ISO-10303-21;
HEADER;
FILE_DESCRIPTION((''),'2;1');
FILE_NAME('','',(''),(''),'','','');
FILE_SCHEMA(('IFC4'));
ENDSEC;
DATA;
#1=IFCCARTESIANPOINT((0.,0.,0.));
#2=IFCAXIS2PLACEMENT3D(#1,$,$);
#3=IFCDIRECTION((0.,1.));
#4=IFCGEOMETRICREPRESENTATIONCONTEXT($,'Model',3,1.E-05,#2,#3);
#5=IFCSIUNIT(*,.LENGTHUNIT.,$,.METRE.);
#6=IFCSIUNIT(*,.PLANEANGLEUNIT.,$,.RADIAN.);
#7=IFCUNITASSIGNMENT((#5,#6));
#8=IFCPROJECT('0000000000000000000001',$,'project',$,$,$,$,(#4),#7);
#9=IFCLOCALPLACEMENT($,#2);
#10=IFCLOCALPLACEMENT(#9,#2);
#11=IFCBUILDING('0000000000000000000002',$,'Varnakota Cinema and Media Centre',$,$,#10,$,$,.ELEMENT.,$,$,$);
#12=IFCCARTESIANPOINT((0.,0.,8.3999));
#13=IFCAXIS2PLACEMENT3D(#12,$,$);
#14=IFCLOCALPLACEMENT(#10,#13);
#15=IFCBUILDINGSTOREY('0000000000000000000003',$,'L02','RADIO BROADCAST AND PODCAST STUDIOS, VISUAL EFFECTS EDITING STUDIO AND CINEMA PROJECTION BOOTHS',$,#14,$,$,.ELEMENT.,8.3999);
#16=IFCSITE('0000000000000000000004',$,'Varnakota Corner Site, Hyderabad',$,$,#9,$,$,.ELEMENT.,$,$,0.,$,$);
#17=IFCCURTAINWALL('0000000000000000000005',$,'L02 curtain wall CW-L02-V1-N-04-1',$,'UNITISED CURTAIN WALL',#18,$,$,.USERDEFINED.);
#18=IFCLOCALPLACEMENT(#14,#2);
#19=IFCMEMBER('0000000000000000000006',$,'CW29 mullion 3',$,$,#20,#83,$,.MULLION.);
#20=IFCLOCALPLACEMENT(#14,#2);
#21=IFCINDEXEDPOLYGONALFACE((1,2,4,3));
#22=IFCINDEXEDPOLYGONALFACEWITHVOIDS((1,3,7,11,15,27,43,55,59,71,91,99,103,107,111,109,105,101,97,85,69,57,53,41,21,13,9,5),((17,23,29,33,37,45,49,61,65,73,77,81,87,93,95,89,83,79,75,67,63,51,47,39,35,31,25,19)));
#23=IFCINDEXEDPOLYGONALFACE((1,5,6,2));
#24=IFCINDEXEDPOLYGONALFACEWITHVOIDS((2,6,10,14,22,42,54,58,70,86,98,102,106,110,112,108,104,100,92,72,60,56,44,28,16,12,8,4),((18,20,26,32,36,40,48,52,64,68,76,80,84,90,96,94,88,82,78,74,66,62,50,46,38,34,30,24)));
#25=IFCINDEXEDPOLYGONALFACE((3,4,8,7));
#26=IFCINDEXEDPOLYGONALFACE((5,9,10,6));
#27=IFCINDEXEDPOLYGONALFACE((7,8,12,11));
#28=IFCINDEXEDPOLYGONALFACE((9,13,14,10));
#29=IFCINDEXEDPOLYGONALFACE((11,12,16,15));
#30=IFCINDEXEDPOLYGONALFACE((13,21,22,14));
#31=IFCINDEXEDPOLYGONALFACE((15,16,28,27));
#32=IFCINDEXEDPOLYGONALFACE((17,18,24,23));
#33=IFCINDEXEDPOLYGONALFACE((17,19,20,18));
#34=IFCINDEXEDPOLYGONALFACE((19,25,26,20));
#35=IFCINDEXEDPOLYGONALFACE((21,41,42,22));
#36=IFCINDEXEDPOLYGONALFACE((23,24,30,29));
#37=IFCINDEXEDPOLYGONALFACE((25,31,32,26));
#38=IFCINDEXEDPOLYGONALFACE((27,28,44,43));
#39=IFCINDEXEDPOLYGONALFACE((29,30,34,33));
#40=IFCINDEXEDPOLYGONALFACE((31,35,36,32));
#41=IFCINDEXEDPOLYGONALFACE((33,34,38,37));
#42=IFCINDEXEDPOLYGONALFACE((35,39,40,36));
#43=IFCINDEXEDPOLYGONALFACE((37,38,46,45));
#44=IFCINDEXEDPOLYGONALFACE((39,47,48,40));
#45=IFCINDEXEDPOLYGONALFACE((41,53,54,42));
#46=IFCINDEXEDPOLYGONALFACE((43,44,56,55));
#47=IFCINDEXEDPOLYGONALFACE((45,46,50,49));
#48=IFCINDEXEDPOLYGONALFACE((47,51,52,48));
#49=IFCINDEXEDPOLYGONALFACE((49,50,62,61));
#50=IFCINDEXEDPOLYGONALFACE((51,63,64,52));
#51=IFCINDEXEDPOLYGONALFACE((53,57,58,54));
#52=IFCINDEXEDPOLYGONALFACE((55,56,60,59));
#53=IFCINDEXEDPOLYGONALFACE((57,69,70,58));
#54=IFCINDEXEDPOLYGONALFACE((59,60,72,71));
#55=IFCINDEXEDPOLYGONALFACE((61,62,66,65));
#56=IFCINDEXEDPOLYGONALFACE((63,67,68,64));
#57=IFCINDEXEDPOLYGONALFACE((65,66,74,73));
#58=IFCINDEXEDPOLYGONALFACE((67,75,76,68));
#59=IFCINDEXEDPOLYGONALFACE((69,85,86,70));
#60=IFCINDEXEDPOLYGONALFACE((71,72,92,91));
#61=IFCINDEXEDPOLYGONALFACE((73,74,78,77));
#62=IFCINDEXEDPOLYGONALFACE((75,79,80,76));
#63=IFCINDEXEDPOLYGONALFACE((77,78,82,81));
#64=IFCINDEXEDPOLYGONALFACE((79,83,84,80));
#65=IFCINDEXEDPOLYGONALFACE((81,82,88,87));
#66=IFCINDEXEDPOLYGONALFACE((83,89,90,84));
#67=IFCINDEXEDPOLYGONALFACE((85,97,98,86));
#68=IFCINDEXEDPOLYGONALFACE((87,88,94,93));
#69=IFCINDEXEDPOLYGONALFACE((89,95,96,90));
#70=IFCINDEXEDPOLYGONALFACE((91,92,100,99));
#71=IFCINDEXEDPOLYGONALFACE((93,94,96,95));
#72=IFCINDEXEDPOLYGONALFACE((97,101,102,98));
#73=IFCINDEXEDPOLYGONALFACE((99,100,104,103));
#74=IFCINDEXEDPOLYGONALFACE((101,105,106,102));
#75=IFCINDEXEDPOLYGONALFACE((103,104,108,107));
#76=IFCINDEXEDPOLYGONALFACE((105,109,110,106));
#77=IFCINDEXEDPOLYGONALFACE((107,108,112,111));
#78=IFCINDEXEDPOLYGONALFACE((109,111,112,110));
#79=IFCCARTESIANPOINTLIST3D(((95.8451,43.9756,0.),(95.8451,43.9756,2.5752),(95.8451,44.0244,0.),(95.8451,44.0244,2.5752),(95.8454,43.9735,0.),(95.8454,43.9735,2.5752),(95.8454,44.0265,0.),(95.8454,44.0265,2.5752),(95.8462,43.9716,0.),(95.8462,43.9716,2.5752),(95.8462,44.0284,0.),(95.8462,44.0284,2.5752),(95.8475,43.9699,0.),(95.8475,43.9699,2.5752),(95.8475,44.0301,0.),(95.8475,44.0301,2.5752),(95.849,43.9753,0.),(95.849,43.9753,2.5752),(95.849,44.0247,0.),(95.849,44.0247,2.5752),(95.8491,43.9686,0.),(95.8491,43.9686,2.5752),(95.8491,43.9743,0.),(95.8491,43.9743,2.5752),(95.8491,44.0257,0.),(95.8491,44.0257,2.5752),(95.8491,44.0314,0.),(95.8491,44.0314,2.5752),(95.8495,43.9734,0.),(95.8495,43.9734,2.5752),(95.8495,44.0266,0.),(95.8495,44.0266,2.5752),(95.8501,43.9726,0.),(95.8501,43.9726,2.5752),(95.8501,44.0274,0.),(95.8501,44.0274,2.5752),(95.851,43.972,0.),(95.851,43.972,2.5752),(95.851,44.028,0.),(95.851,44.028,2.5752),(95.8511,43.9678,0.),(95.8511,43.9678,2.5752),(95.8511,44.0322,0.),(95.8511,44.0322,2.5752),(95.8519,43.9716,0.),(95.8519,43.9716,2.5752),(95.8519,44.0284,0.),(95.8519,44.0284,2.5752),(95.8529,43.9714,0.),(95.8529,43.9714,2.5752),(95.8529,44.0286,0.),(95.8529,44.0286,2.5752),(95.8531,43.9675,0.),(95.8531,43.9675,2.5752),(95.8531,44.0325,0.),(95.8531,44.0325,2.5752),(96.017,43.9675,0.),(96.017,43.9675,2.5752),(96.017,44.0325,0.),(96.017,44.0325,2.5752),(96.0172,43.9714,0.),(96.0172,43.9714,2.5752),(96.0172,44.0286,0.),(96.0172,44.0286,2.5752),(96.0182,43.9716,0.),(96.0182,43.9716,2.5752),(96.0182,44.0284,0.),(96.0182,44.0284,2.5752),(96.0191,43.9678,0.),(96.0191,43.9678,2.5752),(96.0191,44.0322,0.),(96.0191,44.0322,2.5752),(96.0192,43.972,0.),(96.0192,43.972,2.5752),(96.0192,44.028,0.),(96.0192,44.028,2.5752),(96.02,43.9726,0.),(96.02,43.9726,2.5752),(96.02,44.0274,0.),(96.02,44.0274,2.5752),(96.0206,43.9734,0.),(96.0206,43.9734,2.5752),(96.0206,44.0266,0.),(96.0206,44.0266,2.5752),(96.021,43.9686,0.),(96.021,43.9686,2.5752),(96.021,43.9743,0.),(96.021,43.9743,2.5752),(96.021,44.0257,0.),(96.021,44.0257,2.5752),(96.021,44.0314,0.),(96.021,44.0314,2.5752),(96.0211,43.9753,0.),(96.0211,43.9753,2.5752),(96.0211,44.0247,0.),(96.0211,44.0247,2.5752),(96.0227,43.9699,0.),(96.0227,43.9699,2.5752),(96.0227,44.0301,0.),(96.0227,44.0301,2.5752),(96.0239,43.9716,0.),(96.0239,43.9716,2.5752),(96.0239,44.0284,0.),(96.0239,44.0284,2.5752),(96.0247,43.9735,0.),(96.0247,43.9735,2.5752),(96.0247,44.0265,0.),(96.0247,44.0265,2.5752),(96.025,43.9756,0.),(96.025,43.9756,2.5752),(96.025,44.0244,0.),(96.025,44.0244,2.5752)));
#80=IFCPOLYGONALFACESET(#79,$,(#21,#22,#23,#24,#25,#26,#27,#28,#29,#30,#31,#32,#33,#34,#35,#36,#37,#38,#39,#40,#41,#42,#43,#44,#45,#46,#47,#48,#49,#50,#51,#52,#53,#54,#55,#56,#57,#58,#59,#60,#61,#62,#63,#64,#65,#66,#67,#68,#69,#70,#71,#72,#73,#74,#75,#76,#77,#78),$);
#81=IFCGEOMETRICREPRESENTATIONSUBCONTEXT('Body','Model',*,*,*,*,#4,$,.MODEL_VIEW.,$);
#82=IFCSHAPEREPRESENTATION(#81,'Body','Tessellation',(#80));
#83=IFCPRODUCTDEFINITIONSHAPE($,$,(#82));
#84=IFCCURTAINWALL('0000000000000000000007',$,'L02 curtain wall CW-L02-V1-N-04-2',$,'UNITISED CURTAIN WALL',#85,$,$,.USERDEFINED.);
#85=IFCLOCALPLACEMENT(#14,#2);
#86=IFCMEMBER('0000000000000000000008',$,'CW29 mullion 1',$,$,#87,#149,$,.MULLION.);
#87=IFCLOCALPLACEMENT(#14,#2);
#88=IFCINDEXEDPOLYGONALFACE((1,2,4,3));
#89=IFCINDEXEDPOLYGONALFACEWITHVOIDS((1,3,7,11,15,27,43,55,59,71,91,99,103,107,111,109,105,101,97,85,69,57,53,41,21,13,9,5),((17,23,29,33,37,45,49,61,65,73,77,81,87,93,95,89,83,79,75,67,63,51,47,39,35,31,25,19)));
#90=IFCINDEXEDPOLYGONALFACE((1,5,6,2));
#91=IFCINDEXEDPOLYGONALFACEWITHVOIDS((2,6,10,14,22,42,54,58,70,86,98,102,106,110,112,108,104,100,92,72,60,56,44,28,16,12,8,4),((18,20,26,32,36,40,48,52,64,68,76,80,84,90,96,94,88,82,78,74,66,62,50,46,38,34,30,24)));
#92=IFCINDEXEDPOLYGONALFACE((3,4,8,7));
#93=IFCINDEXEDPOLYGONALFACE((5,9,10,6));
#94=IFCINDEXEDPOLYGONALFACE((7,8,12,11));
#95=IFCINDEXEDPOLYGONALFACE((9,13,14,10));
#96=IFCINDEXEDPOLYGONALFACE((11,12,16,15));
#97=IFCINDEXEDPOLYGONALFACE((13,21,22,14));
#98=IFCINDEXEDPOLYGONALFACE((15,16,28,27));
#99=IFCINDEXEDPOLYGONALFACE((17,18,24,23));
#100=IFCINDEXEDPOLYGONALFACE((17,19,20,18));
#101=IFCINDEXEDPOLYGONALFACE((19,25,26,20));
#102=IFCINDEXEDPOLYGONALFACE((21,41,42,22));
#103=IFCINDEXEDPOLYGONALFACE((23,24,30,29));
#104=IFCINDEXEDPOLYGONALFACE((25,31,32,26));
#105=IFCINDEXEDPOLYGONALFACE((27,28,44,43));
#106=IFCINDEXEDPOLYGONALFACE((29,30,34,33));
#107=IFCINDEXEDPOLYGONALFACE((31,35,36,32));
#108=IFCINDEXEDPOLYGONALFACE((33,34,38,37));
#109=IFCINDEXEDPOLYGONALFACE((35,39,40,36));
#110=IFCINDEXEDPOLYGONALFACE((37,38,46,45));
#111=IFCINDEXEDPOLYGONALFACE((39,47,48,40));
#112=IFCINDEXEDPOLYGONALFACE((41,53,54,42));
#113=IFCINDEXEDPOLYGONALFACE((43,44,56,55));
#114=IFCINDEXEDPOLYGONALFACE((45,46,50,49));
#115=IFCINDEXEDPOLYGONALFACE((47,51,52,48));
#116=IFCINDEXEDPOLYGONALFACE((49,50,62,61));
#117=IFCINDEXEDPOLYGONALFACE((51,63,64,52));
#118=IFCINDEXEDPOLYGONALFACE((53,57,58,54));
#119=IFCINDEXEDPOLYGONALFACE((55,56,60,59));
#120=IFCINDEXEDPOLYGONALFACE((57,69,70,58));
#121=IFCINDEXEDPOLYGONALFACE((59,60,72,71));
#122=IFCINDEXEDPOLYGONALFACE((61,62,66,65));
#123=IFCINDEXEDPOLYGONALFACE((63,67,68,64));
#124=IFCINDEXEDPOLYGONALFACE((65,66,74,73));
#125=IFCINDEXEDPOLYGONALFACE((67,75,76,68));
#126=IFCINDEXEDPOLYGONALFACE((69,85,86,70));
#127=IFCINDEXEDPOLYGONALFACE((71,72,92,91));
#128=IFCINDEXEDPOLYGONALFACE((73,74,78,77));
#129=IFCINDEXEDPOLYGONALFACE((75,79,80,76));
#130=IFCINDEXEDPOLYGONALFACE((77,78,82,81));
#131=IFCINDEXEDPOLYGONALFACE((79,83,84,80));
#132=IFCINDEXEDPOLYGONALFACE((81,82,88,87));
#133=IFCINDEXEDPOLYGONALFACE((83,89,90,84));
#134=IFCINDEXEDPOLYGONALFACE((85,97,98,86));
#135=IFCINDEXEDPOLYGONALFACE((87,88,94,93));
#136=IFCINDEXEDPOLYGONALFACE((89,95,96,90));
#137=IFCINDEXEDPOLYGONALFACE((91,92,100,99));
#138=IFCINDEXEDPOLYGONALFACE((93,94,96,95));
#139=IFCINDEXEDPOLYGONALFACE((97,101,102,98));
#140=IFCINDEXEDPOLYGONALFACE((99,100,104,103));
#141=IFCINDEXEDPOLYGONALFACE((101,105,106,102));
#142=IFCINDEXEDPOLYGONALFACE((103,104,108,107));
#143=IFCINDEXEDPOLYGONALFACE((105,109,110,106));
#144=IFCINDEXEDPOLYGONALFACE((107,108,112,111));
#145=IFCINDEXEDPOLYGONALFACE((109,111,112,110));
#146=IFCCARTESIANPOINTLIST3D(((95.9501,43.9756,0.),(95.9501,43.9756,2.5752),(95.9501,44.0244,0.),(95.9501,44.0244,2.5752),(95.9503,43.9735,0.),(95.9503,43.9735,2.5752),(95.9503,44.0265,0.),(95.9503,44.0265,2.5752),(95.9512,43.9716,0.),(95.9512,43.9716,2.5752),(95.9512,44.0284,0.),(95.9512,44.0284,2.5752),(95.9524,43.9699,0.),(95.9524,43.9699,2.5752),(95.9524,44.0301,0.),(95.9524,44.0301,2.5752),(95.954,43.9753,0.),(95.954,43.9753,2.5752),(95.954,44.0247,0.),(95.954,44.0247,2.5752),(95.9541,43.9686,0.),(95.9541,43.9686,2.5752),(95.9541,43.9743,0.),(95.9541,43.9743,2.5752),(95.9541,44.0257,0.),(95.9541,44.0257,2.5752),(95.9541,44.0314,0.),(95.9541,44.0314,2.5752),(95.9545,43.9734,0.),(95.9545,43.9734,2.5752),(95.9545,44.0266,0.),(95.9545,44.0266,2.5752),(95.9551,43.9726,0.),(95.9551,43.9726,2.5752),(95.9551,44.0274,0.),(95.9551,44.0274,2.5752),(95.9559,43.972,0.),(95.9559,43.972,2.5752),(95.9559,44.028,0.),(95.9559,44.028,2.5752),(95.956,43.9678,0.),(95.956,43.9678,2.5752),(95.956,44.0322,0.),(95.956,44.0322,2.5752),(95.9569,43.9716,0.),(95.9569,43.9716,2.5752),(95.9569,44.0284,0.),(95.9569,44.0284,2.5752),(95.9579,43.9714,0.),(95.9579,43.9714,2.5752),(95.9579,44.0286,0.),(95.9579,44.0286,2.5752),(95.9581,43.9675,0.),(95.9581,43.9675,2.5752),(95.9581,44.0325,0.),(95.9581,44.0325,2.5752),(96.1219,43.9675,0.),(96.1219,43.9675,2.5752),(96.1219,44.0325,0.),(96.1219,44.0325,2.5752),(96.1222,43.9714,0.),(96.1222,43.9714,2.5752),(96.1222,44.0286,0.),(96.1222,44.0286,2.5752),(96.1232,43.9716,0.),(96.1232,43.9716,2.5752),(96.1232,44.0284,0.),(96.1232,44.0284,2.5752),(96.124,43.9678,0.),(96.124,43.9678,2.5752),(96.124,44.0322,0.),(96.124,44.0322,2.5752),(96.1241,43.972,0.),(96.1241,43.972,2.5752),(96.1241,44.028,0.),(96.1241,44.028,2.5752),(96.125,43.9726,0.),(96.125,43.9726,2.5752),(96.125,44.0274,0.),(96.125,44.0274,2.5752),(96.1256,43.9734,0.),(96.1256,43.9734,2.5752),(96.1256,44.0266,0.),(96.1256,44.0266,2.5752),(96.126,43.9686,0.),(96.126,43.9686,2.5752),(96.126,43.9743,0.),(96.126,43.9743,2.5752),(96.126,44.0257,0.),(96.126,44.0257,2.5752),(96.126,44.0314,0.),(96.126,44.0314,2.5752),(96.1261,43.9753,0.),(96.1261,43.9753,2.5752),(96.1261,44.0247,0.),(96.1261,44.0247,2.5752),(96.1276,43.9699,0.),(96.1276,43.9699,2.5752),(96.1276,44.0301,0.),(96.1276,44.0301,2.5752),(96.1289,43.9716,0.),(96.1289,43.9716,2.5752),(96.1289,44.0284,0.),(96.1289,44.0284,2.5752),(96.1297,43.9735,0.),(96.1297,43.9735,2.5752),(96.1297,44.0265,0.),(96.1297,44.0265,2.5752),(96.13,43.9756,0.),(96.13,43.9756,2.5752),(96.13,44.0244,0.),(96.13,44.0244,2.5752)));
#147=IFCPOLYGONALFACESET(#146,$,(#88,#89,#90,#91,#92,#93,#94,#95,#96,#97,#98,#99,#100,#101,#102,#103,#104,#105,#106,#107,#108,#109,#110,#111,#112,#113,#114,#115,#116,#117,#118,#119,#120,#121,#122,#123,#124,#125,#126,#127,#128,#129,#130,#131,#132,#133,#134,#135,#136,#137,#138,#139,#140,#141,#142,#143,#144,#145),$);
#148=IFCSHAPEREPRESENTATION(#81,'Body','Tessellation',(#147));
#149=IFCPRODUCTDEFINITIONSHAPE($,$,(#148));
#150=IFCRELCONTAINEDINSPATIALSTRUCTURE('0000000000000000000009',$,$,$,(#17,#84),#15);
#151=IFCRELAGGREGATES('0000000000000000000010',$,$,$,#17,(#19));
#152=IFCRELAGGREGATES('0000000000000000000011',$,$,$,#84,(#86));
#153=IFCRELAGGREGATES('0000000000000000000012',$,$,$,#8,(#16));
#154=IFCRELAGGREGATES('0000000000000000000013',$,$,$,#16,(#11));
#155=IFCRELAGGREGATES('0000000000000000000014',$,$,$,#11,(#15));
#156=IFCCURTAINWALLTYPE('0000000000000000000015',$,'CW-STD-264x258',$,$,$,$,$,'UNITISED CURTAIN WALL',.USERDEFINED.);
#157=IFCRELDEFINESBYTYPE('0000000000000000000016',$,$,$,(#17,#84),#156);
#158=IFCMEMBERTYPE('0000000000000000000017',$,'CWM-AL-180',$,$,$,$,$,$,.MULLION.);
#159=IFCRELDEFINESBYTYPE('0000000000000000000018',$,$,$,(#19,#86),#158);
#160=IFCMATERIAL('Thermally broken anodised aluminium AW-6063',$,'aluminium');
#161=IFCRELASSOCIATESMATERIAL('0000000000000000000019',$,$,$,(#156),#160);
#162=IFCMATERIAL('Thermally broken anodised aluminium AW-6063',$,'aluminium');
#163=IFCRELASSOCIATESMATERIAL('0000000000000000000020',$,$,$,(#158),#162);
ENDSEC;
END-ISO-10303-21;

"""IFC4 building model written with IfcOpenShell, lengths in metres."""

from ifc_helpers import new_model, si_unit, direction, frame, origin, origin_2d, place, context, subcontext, project, spatial, hollow_rectangle, extrude, material, material_profile, profile_set, type_object, element, aggregate, save


model = new_model("IFC4")

# Units and contexts
model_context = context("Model", 3, precision=1e-05, world=origin(), true_north=direction((0.0, 1.0)))
body_context = subcontext(model_context, "Body", "Model", "MODEL_VIEW")
ifc_project = project(units=[si_unit("LENGTHUNIT", "METRE"), si_unit("PLANEANGLEUNIT", "RADIAN")], contexts=[model_context])

# Site, building, storey
site_placement = place(None, origin())
site = spatial("IfcSite", under=ifc_project, at=site_placement, Name="Varnakota Corner Site, Hyderabad", CompositionType="ELEMENT", RefElevation=0.0)
building_placement = place(site_placement, origin())
building = spatial("IfcBuilding", under=site, at=building_placement, Name="Varnakota Cinema and Media Centre", CompositionType="ELEMENT")
storey_placement = place(building_placement, frame((0.0, 0.0, 8.3999)))
storey = spatial("IfcBuildingStorey", under=building, at=storey_placement, Name="L02", Description="RADIO BROADCAST AND PODCAST STUDIOS, VISUAL EFFECTS EDITING STUDIO AND CINEMA PROJECTION BOOTHS", CompositionType="ELEMENT", Elevation=8.3999)

# Curtain wall, member
ifc_material_1 = material(Name="Thermally broken anodised aluminium AW-6063", Category="aluminium")
curtain_wall_type = type_object("IfcCurtainWallType", Name="CW-STD-264x258", ElementType="UNITISED CURTAIN WALL", PredefinedType="USERDEFINED", material=ifc_material_1)
curtain_wall_1_placement = place(storey_placement, origin())
curtain_wall_1 = element("IfcCurtainWall", 1, at=curtain_wall_1_placement, inside=storey, type_object=curtain_wall_type, Name="L02 curtain wall CW-L02-V1-N-04-1", ObjectType="UNITISED CURTAIN WALL", PredefinedType="USERDEFINED")
ifc_material_2 = material(Name="Thermally broken anodised aluminium AW-6063", Category="aluminium")
ifc_material_profile_1 = material_profile(ifc_material_2, hollow_rectangle(XDim=0.0649, YDim=0.1799, WallThickness=0.0039, InnerFilletRadius=0.0039, OuterFilletRadius=0.0081, at=origin_2d()), Name="AL-MULLION 180x65x4")
ifc_profile_set_1 = profile_set([ifc_material_profile_1], Name="Thermally broken anodised aluminium AW-6063")
member_type_1 = type_object("IfcMemberType", Name="CWM-AL-180", PredefinedType="MULLION", material=ifc_profile_set_1)
member_1_placement = place(storey_placement, frame((95.9351, 44.0, 0.0), z_axis=(0.0, 0.0, 1.0), x_axis=(0.0, 1.0, 0.0)))
member_1 = element("IfcMember", 2, at=member_1_placement, type_object=member_type_1, Name="CW29 mullion 3", PredefinedType="MULLION", context=body_context, shape_type="SweptSolid", body=[
    extrude(hollow_rectangle(XDim=0.0649, YDim=0.1799, WallThickness=0.0039, InnerFilletRadius=0.0039, OuterFilletRadius=0.0081, at=origin_2d()), origin(), (0.0, 0.0, 1.0), 2.5752),
])

# Curtain wall, member
curtain_wall_2_placement = place(storey_placement, origin())
curtain_wall_2 = element("IfcCurtainWall", 3, at=curtain_wall_2_placement, inside=storey, type_object=curtain_wall_type, Name="L02 curtain wall CW-L02-V1-N-04-2", ObjectType="UNITISED CURTAIN WALL", PredefinedType="USERDEFINED")
member_2_placement = place(storey_placement, frame((96.04, 44.0, 0.0), z_axis=(0.0, 0.0, 1.0), x_axis=(0.0, 1.0, 0.0)))
member_2 = element("IfcMember", 4, at=member_2_placement, type_object=member_type_1, Name="CW29 mullion 1", PredefinedType="MULLION", context=body_context, shape_type="SweptSolid", body=[
    extrude(hollow_rectangle(XDim=0.0649, YDim=0.1799, WallThickness=0.0039, InnerFilletRadius=0.0039, OuterFilletRadius=0.0081, at=origin_2d()), origin(), (0.0, 0.0, 1.0), 2.5752),
])

aggregate(curtain_wall_1, [member_1])
aggregate(curtain_wall_2, [member_2])

save(model, "model.ifc")
